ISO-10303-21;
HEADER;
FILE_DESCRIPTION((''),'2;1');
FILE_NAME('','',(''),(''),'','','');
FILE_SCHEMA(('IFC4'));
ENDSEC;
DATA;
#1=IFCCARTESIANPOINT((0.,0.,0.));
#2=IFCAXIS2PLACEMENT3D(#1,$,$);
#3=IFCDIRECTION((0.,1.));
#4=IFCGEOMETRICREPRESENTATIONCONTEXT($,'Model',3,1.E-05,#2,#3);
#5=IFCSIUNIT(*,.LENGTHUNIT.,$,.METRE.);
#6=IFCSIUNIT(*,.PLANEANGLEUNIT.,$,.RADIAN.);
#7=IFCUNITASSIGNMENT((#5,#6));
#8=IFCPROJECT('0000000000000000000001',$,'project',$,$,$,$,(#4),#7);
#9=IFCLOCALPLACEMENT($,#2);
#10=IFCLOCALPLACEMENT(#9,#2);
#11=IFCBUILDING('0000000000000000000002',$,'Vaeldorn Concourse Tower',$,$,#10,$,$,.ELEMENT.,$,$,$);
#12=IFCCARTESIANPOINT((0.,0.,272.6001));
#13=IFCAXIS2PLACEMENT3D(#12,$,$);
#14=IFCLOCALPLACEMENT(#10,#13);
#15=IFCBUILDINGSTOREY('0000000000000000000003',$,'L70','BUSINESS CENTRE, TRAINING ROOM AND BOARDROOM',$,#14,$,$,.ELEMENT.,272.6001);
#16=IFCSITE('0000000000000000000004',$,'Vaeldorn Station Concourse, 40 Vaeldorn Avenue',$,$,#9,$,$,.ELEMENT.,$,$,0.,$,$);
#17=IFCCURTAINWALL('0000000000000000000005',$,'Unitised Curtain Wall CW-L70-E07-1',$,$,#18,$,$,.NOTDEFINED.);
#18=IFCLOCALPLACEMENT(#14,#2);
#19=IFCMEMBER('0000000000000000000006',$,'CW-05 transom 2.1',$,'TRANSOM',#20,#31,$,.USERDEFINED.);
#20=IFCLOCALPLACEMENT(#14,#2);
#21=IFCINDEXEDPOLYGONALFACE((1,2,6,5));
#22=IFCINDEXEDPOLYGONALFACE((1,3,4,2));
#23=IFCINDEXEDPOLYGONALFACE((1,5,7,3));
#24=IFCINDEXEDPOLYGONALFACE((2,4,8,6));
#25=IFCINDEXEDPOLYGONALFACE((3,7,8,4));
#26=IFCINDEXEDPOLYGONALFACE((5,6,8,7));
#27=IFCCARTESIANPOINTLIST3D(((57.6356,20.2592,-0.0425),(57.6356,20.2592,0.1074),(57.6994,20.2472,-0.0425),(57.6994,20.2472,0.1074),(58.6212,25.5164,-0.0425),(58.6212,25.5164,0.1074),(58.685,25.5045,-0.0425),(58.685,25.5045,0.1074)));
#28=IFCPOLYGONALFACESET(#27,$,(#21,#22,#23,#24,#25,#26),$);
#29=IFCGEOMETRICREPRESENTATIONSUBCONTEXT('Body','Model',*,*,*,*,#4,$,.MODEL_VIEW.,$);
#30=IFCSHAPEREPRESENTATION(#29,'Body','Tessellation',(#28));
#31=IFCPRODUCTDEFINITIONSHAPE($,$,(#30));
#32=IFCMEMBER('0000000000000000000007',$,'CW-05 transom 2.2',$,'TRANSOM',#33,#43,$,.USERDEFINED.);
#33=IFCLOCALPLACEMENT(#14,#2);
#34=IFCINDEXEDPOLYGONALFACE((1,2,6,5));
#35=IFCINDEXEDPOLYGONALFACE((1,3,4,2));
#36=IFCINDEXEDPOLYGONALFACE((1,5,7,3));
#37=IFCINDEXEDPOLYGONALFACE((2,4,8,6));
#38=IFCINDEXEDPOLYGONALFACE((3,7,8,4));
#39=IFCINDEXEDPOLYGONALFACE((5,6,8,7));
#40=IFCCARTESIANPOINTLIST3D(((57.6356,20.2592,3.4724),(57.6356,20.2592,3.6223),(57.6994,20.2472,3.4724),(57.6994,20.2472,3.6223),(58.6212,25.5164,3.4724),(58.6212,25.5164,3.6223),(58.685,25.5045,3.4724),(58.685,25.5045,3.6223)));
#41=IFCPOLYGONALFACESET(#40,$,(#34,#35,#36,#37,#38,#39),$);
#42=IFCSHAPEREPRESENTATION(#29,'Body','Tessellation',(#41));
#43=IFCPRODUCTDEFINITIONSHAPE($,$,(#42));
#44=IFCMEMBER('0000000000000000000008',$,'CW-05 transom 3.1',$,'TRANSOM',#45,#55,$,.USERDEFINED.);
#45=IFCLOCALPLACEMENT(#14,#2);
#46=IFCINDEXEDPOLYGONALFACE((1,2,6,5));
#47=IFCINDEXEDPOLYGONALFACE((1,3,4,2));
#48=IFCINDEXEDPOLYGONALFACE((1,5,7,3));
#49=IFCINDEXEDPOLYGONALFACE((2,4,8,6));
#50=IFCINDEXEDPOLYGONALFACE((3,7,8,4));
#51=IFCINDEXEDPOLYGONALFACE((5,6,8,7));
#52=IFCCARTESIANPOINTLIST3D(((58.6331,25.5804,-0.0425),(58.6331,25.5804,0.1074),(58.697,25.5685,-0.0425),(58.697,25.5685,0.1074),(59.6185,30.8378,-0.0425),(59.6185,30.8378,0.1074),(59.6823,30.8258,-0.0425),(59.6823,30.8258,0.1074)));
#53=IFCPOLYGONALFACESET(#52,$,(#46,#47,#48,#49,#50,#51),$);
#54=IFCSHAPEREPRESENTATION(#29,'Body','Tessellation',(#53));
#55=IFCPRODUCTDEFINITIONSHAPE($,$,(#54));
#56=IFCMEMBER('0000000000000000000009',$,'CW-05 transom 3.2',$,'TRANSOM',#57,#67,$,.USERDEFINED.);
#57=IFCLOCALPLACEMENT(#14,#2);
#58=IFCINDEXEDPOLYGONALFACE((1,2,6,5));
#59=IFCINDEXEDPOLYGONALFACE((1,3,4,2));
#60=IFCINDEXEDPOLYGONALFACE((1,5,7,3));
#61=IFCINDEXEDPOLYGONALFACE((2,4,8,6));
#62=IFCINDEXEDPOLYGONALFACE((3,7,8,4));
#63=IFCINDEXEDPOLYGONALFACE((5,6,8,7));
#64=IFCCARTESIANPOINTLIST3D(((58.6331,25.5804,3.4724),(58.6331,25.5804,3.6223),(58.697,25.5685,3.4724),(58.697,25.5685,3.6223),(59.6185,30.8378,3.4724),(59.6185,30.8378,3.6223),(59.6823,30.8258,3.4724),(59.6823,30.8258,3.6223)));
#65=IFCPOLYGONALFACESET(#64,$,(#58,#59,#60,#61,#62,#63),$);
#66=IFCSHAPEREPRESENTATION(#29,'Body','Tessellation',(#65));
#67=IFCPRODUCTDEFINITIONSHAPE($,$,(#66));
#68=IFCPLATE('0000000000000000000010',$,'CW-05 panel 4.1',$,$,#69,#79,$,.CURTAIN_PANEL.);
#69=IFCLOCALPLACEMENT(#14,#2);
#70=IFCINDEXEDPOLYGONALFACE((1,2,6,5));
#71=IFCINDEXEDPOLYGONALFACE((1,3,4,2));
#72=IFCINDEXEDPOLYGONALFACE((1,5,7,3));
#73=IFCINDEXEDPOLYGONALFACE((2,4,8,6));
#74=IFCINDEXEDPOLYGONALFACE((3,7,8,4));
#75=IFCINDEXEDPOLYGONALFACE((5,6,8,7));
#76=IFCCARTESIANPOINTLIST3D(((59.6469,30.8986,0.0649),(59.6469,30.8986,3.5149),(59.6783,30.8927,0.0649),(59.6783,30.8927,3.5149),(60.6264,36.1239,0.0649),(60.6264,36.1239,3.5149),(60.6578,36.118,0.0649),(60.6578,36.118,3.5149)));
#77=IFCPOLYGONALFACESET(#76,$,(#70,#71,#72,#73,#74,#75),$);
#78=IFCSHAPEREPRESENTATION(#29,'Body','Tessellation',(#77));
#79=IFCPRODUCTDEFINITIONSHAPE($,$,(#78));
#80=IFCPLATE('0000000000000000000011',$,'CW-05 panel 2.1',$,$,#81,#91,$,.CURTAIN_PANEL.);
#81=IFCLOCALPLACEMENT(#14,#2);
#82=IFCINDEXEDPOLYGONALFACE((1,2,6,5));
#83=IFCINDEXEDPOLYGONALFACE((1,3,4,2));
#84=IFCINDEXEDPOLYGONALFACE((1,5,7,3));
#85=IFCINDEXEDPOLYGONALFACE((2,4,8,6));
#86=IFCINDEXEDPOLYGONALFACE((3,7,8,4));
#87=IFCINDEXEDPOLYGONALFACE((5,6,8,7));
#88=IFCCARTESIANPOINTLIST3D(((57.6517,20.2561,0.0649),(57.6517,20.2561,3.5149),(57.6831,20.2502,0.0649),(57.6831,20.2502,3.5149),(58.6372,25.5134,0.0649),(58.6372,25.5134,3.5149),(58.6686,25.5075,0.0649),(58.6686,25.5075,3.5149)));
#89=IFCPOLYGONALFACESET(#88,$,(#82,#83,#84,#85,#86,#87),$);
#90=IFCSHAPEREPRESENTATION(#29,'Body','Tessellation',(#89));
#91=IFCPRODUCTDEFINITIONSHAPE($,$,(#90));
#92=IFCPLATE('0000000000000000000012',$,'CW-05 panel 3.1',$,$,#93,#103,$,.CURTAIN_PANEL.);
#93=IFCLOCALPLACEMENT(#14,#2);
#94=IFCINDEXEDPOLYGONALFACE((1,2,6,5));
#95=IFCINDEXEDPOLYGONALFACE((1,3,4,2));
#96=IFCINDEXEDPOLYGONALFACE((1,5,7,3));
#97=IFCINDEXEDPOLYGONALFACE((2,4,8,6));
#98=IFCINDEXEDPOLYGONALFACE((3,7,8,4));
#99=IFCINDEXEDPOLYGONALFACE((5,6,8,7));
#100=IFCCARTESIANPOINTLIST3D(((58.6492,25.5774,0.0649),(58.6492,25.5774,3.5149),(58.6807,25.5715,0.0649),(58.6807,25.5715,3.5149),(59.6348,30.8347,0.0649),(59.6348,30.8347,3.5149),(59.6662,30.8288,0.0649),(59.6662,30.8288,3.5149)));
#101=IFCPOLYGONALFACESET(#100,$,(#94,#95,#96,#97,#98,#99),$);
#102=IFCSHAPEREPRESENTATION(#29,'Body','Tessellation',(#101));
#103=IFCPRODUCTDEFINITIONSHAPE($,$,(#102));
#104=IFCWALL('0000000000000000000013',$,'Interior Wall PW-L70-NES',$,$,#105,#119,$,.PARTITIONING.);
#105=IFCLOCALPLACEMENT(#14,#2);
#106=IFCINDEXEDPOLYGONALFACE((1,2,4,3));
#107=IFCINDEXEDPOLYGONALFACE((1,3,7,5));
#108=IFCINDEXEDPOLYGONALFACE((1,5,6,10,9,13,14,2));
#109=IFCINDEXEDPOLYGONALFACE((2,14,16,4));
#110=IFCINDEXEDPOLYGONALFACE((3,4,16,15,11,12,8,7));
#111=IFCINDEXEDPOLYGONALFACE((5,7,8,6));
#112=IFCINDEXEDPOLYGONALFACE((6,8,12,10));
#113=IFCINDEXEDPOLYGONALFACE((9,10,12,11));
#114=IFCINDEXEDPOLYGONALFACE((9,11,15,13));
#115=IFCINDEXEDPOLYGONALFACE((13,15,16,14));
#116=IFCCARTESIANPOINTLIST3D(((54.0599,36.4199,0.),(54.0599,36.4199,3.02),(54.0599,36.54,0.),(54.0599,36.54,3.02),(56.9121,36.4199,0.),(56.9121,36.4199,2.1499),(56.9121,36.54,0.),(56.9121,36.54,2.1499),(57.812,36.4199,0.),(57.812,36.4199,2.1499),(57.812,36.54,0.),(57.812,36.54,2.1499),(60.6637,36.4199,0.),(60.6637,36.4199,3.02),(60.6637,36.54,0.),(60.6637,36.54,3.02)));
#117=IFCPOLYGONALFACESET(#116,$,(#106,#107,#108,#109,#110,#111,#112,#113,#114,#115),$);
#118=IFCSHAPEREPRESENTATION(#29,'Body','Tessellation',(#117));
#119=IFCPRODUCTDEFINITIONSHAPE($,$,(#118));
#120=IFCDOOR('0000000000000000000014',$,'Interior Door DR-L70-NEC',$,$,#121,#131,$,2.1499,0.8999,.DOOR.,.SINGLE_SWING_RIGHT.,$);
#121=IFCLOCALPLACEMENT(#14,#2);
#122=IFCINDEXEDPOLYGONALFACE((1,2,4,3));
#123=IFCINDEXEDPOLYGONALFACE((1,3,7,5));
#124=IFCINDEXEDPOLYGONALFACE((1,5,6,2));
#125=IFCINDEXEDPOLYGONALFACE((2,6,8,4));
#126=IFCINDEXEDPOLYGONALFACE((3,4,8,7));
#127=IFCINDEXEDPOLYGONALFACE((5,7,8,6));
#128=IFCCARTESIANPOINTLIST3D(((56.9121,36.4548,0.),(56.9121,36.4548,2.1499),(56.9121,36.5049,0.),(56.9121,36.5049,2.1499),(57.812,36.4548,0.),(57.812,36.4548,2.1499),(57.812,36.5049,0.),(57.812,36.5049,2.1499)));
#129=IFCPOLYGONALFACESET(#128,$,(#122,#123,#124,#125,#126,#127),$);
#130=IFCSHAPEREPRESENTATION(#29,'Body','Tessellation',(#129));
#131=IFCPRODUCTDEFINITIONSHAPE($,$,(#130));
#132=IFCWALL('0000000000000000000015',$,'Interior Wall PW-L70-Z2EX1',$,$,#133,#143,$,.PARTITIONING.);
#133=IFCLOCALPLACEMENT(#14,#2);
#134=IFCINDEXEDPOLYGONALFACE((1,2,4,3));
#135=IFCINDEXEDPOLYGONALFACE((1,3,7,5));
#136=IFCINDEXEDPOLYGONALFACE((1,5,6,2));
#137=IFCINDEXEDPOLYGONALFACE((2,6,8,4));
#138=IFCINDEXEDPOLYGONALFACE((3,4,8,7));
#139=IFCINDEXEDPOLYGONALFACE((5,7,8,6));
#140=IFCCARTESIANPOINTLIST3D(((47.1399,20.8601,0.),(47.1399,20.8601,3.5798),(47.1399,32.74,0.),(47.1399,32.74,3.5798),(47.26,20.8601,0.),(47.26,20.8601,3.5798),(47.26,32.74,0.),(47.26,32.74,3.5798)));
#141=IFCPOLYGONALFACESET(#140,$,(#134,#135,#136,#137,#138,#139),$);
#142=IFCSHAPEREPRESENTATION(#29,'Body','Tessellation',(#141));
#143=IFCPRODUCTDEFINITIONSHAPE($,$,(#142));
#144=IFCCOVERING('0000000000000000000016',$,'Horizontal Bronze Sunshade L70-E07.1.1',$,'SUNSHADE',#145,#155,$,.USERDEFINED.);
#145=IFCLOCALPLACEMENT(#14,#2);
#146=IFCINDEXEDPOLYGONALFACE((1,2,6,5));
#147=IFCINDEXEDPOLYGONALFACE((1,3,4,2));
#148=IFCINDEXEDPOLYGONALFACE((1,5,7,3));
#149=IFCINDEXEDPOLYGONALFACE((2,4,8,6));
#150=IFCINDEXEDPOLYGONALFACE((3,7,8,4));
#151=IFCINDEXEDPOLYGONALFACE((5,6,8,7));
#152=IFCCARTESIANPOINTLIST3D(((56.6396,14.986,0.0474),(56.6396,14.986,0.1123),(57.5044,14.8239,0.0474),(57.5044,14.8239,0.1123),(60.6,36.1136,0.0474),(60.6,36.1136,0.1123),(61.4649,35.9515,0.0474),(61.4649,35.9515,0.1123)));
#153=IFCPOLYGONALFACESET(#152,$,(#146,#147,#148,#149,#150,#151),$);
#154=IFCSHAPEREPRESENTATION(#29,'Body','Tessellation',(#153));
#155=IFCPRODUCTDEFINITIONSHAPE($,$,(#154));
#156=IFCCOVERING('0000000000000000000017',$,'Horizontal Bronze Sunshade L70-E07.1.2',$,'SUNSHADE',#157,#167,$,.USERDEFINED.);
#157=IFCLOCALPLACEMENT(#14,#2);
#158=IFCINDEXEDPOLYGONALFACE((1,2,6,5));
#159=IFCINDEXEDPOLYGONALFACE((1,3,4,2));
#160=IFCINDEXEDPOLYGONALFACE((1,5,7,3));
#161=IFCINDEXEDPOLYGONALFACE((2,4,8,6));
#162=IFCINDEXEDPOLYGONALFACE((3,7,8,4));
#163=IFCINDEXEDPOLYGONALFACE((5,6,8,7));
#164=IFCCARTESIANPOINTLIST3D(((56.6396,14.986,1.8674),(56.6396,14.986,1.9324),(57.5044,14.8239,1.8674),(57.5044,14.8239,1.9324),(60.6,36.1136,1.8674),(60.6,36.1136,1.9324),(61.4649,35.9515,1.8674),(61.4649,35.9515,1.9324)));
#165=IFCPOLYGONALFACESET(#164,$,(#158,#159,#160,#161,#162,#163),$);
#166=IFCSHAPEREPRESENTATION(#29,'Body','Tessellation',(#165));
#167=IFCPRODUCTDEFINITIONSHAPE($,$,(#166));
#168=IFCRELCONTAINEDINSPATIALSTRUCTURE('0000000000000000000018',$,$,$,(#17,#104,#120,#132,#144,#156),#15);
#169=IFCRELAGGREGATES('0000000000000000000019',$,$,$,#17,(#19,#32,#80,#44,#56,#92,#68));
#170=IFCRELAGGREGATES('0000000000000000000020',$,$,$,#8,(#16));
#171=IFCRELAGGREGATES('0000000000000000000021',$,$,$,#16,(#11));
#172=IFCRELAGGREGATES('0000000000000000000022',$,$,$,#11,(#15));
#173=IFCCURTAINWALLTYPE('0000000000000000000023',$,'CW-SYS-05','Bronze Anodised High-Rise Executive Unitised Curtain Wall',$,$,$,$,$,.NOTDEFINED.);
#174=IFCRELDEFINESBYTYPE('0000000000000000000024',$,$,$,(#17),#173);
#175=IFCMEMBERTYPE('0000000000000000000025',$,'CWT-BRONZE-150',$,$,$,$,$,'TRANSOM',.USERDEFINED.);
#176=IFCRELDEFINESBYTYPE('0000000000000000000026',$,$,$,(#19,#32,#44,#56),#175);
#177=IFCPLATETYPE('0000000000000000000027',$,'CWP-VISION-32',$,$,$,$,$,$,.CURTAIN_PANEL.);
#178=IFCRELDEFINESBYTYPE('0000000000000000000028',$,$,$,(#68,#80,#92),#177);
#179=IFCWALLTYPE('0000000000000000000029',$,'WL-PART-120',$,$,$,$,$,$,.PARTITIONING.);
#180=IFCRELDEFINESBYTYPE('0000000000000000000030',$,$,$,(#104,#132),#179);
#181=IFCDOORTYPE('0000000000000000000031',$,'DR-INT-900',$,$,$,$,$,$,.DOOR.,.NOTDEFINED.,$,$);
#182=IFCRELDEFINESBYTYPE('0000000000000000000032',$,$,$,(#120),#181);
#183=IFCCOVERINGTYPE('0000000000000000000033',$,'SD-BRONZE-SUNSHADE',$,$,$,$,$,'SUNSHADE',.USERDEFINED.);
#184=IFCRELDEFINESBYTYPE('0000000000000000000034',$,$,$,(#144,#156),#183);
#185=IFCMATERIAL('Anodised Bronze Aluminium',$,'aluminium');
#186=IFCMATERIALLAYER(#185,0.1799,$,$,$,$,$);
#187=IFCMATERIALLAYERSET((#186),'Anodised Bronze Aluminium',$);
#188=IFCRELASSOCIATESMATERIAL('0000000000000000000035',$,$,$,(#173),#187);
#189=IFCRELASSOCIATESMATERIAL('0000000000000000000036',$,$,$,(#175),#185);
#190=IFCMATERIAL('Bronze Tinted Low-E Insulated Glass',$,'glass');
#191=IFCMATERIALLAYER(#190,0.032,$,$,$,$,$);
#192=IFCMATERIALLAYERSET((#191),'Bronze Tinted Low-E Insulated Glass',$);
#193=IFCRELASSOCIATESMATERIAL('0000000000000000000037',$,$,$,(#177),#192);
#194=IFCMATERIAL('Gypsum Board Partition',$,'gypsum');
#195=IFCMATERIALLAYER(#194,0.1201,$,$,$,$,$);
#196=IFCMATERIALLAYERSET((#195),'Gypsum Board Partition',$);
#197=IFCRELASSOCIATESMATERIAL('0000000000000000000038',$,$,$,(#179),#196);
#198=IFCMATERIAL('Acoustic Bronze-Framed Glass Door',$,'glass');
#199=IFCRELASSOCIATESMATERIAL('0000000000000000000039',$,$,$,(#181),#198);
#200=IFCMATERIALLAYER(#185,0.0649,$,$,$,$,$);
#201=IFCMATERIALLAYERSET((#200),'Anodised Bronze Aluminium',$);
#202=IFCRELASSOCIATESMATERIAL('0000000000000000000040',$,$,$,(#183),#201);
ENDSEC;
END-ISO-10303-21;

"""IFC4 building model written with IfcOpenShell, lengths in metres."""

from ifc_helpers import new_model, si_unit, direction, frame, frame_2d, origin, origin_2d, place, context, subcontext, project, spatial, rectangle, extrude, source, transform, mapped, material, layer, layer_set, material_profile, profile_set, type_object, element, fill, aggregate, save


model = new_model("IFC4")

# Units and contexts
model_context = context("Model", 3, precision=1e-05, world=origin(), true_north=direction((0.0, 1.0)))
body_context = subcontext(model_context, "Body", "Model", "MODEL_VIEW")
ifc_project = project(units=[si_unit("LENGTHUNIT", "METRE"), si_unit("PLANEANGLEUNIT", "RADIAN")], contexts=[model_context])

# Site, building, storey
site_placement = place(None, origin())
site = spatial("IfcSite", under=ifc_project, at=site_placement, Name="Vaeldorn Station Concourse, 40 Vaeldorn Avenue", CompositionType="ELEMENT", RefElevation=0.0)
building_placement = place(site_placement, origin())
building = spatial("IfcBuilding", under=site, at=building_placement, Name="Vaeldorn Concourse Tower", CompositionType="ELEMENT")
storey_placement = place(building_placement, frame((0.0, 0.0, 272.6001)))
storey = spatial("IfcBuildingStorey", under=building, at=storey_placement, Name="L70", Description="BUSINESS CENTRE, TRAINING ROOM AND BOARDROOM", CompositionType="ELEMENT", Elevation=272.6001)

# Curtain wall, members, plates
ifc_material_1 = material(Name="Anodised Bronze Aluminium", Category="aluminium")
ifc_layer_1 = layer(ifc_material_1, 0.1799)
ifc_layer_set_1 = layer_set([ifc_layer_1], Name="Anodised Bronze Aluminium")
curtain_wall_type = type_object("IfcCurtainWallType", Name="CW-SYS-05", Description="Bronze Anodised High-Rise Executive Unitised Curtain Wall", PredefinedType="NOTDEFINED", material=ifc_layer_set_1)
curtain_wall_placement = place(storey_placement, origin())
curtain_wall = element("IfcCurtainWall", 1, at=curtain_wall_placement, inside=storey, type_object=curtain_wall_type, Name="Unitised Curtain Wall CW-L70-E07-1", PredefinedType="NOTDEFINED")
ifc_material_profile_1 = material_profile(ifc_material_1, rectangle(XDim=0.0649, YDim=0.1499, at=origin_2d()), Name="CWT 65x150")
ifc_profile_set_1 = profile_set([ifc_material_profile_1], Name="Anodised Bronze Aluminium")
member_type_1 = type_object("IfcMemberType", Name="CWT-BRONZE-150", ElementType="TRANSOM", PredefinedType="USERDEFINED", material=ifc_profile_set_1)
shared_shape_1 = source(origin(), body_context, "Body", "SweptSolid", [
    extrude(rectangle(XDim=0.0649, YDim=0.1499, at=origin_2d()), origin(), (0.0, 0.0, 1.0), 5.3489),
])
member_1_placement = place(storey_placement, frame((57.6675, 20.2532, 0.0325), z_axis=(0.184261, 0.982877, 0.0), x_axis=(-0.982877, 0.184261, 0.0)))
member_1 = element("IfcMember", 2, at=member_1_placement, type_object=member_type_1, Name="CW-05 transom 2.1", ObjectType="TRANSOM", PredefinedType="USERDEFINED", context=body_context, shape_type="MappedRepresentation", body=[
    mapped(shared_shape_1, transform((0.0, 0.0, 0.0), scale=1.0)),
])
member_2_placement = place(storey_placement, frame((57.6675, 20.2532, 3.5474), z_axis=(0.184261, 0.982877, 0.0), x_axis=(-0.982877, 0.184261, 0.0)))
member_2 = element("IfcMember", 3, at=member_2_placement, type_object=member_type_1, Name="CW-05 transom 2.2", ObjectType="TRANSOM", PredefinedType="USERDEFINED", context=body_context, shape_type="MappedRepresentation", body=[
    mapped(shared_shape_1, transform((0.0, 0.0, 0.0), scale=1.0)),
])
member_3_placement = place(storey_placement, frame((58.665, 25.5745, 0.0325), z_axis=(0.184217, 0.982886, 0.0), x_axis=(-0.982886, 0.184217, 0.0)))
member_3 = element("IfcMember", 4, at=member_3_placement, type_object=member_type_1, Name="CW-05 transom 3.1", ObjectType="TRANSOM", PredefinedType="USERDEFINED", context=body_context, shape_type="MappedRepresentation", body=[
    mapped(shared_shape_1, transform((0.0, 0.0, 0.0), scale=1.0)),
])
member_4_placement = place(storey_placement, frame((58.665, 25.5745, 3.5474), z_axis=(0.184217, 0.982886, 0.0), x_axis=(-0.982886, 0.184217, 0.0)))
member_4 = element("IfcMember", 5, at=member_4_placement, type_object=member_type_1, Name="CW-05 transom 3.2", ObjectType="TRANSOM", PredefinedType="USERDEFINED", context=body_context, shape_type="MappedRepresentation", body=[
    mapped(shared_shape_1, transform((0.0, 0.0, 0.0), scale=1.0)),
])
ifc_material_2 = material(Name="Bronze Tinted Low-E Insulated Glass", Category="glass")
ifc_layer_2 = layer(ifc_material_2, 0.032)
ifc_layer_set_2 = layer_set([ifc_layer_2], Name="Bronze Tinted Low-E Insulated Glass")
plate_type = type_object("IfcPlateType", Name="CWP-VISION-32", PredefinedType="CURTAIN_PANEL", material=ifc_layer_set_2)
shared_shape_2 = source(origin(), body_context, "Body", "SweptSolid", [
    extrude(rectangle(XDim=5.3164, YDim=0.032, at=origin_2d()), origin(), (0.0, 0.0, 1.0), 3.45),
])
plate_1_placement = place(storey_placement, frame((60.1523, 33.5083, 0.0649), z_axis=(0.0, 0.0, 1.0), x_axis=(0.184247, 0.98288, 0.0)))
plate_1 = element("IfcPlate", 6, at=plate_1_placement, type_object=plate_type, Name="CW-05 panel 4.1", PredefinedType="CURTAIN_PANEL", context=body_context, shape_type="MappedRepresentation", body=[
    mapped(shared_shape_2, transform((0.0, 0.0, 0.0), scale=1.0)),
])
shared_shape_3 = source(origin(), body_context, "Body", "SweptSolid", [
    extrude(rectangle(XDim=5.3489, YDim=0.032, at=origin_2d()), origin(), (0.0, 0.0, 1.0), 3.45),
])
plate_2_placement = place(storey_placement, frame((58.1602, 22.8818, 0.0649), z_axis=(0.0, 0.0, 1.0), x_axis=(0.184247, 0.98288, 0.0)))
plate_2 = element("IfcPlate", 7, at=plate_2_placement, type_object=plate_type, Name="CW-05 panel 2.1", PredefinedType="CURTAIN_PANEL", context=body_context, shape_type="MappedRepresentation", body=[
    mapped(shared_shape_3, transform((0.0, 0.0, 0.0), scale=1.0)),
])
plate_3_placement = place(storey_placement, frame((59.1577, 28.2031, 0.0649), z_axis=(0.0, 0.0, 1.0), x_axis=(0.184247, 0.98288, 0.0)))
plate_3 = element("IfcPlate", 8, at=plate_3_placement, type_object=plate_type, Name="CW-05 panel 3.1", PredefinedType="CURTAIN_PANEL", context=body_context, shape_type="MappedRepresentation", body=[
    mapped(shared_shape_3, transform((0.0, 0.0, 0.0), scale=1.0)),
])
aggregate(curtain_wall, [member_1, member_2, plate_2, member_3, member_4, plate_3, plate_1])

# Wall, opening, door
ifc_material_3 = material(Name="Gypsum Board Partition", Category="gypsum")
ifc_layer_3 = layer(ifc_material_3, 0.1201)
ifc_layer_set_3 = layer_set([ifc_layer_3], Name="Gypsum Board Partition")
wall_type = type_object("IfcWallType", Name="WL-PART-120", PredefinedType="PARTITIONING", material=ifc_layer_set_3)
wall_1_placement = place(storey_placement, frame((54.0601, 36.48, 0.0), z_axis=(0.0, 0.0, 1.0), x_axis=(1.0, 0.0, 0.0)))
wall_1 = element("IfcWall", 9, at=wall_1_placement, inside=storey, type_object=wall_type, Name="Interior Wall PW-L70-NES", PredefinedType="PARTITIONING", context=body_context, shape_type="SweptSolid", body=[
    extrude(rectangle(XDim=6.6038, YDim=0.1201, at=frame_2d((3.3018, 0.0))), origin(), (0.0, 0.0, 1.0), 3.02),
])
opening_placement = place(wall_1_placement, frame((2.8521, 0.0, 0.0)))
opening = element("IfcOpeningElement", 10, at=opening_placement, cuts=wall_1, PredefinedType="OPENING", context=body_context, shape_type="SweptSolid", body=[
    extrude(rectangle(XDim=0.8999, YDim=2.1499, at=frame_2d((0.45, 1.075))), frame((0.0, 0.0701, 0.0), z_axis=(0.0, -1.0, 0.0), x_axis=(1.0, 0.0, 0.0)), (0.0, 0.0, 1.0), 0.1401),
])
ifc_material_4 = material(Name="Acoustic Bronze-Framed Glass Door", Category="glass")
door_type = type_object("IfcDoorType", Name="DR-INT-900", OperationType="NOTDEFINED", PredefinedType="DOOR", material=ifc_material_4)
shared_shape_4 = source(origin(), body_context, "Body", "SweptSolid", [
    extrude(rectangle(XDim=0.8999, YDim=2.1499, at=frame_2d((0.45, 1.075))), frame((0.0, 0.0249, 0.0), z_axis=(0.0, -1.0, 0.0), x_axis=(1.0, 0.0, 0.0)), (0.0, 0.0, 1.0), 0.05),
])
door_placement = place(opening_placement, origin())
door = element("IfcDoor", 11, at=door_placement, inside=storey, type_object=door_type, Name="Interior Door DR-L70-NEC", OperationType="SINGLE_SWING_RIGHT", OverallHeight=2.1499, OverallWidth=0.8999, PredefinedType="DOOR", context=body_context, shape_type="MappedRepresentation", body=[
    mapped(shared_shape_4, transform((0.0, 0.0, 0.0), scale=1.0)),
])
fill(opening, door)

# Wall
wall_2_placement = place(storey_placement, frame((47.2, 20.8601, 0.0), z_axis=(0.0, 0.0, 1.0), x_axis=(0.0, 1.0, 0.0)))
element("IfcWall", 12, at=wall_2_placement, inside=storey, type_object=wall_type, Name="Interior Wall PW-L70-Z2EX1", PredefinedType="PARTITIONING", context=body_context, shape_type="SweptSolid", body=[
    extrude(rectangle(XDim=11.8799, YDim=0.1201, at=frame_2d((5.9399, 0.0))), origin(), (0.0, 0.0, 1.0), 3.5798),
])

# Coverings
ifc_layer_4 = layer(ifc_material_1, 0.0649)
ifc_layer_set_4 = layer_set([ifc_layer_4], Name="Anodised Bronze Aluminium")
covering_type = type_object("IfcCoveringType", Name="SD-BRONZE-SUNSHADE", ElementType="SUNSHADE", PredefinedType="USERDEFINED", material=ifc_layer_set_4)
shared_shape_5 = source(origin(), body_context, "Body", "SweptSolid", [
    extrude(rectangle(XDim=21.4956, YDim=0.8799, at=origin_2d()), origin(), (0.0, 0.0, 1.0), 0.0649),
])
for number, where, z_axis, x_axis, name in (
    (13, (59.0522, 25.4688, 0.0474), (0.0, 0.0, 1.0), (0.184243, 0.982881, 0.0), "Horizontal Bronze Sunshade L70-E07.1.1"),
    (14, (59.0522, 25.4688, 1.8674), (0.0, 0.0, 1.0), (0.184243, 0.982881, 0.0), "Horizontal Bronze Sunshade L70-E07.1.2"),
):
    element("IfcCovering", number, at=place(storey_placement, frame(where, z_axis=z_axis, x_axis=x_axis)), inside=storey, type_object=covering_type, Name=name, ObjectType="SUNSHADE", PredefinedType="USERDEFINED", context=body_context, shape_type="MappedRepresentation", body=[
        mapped(shared_shape_5, transform((0.0, 0.0, 0.0), scale=1.0)),
    ])

save(model, "model.ifc")
